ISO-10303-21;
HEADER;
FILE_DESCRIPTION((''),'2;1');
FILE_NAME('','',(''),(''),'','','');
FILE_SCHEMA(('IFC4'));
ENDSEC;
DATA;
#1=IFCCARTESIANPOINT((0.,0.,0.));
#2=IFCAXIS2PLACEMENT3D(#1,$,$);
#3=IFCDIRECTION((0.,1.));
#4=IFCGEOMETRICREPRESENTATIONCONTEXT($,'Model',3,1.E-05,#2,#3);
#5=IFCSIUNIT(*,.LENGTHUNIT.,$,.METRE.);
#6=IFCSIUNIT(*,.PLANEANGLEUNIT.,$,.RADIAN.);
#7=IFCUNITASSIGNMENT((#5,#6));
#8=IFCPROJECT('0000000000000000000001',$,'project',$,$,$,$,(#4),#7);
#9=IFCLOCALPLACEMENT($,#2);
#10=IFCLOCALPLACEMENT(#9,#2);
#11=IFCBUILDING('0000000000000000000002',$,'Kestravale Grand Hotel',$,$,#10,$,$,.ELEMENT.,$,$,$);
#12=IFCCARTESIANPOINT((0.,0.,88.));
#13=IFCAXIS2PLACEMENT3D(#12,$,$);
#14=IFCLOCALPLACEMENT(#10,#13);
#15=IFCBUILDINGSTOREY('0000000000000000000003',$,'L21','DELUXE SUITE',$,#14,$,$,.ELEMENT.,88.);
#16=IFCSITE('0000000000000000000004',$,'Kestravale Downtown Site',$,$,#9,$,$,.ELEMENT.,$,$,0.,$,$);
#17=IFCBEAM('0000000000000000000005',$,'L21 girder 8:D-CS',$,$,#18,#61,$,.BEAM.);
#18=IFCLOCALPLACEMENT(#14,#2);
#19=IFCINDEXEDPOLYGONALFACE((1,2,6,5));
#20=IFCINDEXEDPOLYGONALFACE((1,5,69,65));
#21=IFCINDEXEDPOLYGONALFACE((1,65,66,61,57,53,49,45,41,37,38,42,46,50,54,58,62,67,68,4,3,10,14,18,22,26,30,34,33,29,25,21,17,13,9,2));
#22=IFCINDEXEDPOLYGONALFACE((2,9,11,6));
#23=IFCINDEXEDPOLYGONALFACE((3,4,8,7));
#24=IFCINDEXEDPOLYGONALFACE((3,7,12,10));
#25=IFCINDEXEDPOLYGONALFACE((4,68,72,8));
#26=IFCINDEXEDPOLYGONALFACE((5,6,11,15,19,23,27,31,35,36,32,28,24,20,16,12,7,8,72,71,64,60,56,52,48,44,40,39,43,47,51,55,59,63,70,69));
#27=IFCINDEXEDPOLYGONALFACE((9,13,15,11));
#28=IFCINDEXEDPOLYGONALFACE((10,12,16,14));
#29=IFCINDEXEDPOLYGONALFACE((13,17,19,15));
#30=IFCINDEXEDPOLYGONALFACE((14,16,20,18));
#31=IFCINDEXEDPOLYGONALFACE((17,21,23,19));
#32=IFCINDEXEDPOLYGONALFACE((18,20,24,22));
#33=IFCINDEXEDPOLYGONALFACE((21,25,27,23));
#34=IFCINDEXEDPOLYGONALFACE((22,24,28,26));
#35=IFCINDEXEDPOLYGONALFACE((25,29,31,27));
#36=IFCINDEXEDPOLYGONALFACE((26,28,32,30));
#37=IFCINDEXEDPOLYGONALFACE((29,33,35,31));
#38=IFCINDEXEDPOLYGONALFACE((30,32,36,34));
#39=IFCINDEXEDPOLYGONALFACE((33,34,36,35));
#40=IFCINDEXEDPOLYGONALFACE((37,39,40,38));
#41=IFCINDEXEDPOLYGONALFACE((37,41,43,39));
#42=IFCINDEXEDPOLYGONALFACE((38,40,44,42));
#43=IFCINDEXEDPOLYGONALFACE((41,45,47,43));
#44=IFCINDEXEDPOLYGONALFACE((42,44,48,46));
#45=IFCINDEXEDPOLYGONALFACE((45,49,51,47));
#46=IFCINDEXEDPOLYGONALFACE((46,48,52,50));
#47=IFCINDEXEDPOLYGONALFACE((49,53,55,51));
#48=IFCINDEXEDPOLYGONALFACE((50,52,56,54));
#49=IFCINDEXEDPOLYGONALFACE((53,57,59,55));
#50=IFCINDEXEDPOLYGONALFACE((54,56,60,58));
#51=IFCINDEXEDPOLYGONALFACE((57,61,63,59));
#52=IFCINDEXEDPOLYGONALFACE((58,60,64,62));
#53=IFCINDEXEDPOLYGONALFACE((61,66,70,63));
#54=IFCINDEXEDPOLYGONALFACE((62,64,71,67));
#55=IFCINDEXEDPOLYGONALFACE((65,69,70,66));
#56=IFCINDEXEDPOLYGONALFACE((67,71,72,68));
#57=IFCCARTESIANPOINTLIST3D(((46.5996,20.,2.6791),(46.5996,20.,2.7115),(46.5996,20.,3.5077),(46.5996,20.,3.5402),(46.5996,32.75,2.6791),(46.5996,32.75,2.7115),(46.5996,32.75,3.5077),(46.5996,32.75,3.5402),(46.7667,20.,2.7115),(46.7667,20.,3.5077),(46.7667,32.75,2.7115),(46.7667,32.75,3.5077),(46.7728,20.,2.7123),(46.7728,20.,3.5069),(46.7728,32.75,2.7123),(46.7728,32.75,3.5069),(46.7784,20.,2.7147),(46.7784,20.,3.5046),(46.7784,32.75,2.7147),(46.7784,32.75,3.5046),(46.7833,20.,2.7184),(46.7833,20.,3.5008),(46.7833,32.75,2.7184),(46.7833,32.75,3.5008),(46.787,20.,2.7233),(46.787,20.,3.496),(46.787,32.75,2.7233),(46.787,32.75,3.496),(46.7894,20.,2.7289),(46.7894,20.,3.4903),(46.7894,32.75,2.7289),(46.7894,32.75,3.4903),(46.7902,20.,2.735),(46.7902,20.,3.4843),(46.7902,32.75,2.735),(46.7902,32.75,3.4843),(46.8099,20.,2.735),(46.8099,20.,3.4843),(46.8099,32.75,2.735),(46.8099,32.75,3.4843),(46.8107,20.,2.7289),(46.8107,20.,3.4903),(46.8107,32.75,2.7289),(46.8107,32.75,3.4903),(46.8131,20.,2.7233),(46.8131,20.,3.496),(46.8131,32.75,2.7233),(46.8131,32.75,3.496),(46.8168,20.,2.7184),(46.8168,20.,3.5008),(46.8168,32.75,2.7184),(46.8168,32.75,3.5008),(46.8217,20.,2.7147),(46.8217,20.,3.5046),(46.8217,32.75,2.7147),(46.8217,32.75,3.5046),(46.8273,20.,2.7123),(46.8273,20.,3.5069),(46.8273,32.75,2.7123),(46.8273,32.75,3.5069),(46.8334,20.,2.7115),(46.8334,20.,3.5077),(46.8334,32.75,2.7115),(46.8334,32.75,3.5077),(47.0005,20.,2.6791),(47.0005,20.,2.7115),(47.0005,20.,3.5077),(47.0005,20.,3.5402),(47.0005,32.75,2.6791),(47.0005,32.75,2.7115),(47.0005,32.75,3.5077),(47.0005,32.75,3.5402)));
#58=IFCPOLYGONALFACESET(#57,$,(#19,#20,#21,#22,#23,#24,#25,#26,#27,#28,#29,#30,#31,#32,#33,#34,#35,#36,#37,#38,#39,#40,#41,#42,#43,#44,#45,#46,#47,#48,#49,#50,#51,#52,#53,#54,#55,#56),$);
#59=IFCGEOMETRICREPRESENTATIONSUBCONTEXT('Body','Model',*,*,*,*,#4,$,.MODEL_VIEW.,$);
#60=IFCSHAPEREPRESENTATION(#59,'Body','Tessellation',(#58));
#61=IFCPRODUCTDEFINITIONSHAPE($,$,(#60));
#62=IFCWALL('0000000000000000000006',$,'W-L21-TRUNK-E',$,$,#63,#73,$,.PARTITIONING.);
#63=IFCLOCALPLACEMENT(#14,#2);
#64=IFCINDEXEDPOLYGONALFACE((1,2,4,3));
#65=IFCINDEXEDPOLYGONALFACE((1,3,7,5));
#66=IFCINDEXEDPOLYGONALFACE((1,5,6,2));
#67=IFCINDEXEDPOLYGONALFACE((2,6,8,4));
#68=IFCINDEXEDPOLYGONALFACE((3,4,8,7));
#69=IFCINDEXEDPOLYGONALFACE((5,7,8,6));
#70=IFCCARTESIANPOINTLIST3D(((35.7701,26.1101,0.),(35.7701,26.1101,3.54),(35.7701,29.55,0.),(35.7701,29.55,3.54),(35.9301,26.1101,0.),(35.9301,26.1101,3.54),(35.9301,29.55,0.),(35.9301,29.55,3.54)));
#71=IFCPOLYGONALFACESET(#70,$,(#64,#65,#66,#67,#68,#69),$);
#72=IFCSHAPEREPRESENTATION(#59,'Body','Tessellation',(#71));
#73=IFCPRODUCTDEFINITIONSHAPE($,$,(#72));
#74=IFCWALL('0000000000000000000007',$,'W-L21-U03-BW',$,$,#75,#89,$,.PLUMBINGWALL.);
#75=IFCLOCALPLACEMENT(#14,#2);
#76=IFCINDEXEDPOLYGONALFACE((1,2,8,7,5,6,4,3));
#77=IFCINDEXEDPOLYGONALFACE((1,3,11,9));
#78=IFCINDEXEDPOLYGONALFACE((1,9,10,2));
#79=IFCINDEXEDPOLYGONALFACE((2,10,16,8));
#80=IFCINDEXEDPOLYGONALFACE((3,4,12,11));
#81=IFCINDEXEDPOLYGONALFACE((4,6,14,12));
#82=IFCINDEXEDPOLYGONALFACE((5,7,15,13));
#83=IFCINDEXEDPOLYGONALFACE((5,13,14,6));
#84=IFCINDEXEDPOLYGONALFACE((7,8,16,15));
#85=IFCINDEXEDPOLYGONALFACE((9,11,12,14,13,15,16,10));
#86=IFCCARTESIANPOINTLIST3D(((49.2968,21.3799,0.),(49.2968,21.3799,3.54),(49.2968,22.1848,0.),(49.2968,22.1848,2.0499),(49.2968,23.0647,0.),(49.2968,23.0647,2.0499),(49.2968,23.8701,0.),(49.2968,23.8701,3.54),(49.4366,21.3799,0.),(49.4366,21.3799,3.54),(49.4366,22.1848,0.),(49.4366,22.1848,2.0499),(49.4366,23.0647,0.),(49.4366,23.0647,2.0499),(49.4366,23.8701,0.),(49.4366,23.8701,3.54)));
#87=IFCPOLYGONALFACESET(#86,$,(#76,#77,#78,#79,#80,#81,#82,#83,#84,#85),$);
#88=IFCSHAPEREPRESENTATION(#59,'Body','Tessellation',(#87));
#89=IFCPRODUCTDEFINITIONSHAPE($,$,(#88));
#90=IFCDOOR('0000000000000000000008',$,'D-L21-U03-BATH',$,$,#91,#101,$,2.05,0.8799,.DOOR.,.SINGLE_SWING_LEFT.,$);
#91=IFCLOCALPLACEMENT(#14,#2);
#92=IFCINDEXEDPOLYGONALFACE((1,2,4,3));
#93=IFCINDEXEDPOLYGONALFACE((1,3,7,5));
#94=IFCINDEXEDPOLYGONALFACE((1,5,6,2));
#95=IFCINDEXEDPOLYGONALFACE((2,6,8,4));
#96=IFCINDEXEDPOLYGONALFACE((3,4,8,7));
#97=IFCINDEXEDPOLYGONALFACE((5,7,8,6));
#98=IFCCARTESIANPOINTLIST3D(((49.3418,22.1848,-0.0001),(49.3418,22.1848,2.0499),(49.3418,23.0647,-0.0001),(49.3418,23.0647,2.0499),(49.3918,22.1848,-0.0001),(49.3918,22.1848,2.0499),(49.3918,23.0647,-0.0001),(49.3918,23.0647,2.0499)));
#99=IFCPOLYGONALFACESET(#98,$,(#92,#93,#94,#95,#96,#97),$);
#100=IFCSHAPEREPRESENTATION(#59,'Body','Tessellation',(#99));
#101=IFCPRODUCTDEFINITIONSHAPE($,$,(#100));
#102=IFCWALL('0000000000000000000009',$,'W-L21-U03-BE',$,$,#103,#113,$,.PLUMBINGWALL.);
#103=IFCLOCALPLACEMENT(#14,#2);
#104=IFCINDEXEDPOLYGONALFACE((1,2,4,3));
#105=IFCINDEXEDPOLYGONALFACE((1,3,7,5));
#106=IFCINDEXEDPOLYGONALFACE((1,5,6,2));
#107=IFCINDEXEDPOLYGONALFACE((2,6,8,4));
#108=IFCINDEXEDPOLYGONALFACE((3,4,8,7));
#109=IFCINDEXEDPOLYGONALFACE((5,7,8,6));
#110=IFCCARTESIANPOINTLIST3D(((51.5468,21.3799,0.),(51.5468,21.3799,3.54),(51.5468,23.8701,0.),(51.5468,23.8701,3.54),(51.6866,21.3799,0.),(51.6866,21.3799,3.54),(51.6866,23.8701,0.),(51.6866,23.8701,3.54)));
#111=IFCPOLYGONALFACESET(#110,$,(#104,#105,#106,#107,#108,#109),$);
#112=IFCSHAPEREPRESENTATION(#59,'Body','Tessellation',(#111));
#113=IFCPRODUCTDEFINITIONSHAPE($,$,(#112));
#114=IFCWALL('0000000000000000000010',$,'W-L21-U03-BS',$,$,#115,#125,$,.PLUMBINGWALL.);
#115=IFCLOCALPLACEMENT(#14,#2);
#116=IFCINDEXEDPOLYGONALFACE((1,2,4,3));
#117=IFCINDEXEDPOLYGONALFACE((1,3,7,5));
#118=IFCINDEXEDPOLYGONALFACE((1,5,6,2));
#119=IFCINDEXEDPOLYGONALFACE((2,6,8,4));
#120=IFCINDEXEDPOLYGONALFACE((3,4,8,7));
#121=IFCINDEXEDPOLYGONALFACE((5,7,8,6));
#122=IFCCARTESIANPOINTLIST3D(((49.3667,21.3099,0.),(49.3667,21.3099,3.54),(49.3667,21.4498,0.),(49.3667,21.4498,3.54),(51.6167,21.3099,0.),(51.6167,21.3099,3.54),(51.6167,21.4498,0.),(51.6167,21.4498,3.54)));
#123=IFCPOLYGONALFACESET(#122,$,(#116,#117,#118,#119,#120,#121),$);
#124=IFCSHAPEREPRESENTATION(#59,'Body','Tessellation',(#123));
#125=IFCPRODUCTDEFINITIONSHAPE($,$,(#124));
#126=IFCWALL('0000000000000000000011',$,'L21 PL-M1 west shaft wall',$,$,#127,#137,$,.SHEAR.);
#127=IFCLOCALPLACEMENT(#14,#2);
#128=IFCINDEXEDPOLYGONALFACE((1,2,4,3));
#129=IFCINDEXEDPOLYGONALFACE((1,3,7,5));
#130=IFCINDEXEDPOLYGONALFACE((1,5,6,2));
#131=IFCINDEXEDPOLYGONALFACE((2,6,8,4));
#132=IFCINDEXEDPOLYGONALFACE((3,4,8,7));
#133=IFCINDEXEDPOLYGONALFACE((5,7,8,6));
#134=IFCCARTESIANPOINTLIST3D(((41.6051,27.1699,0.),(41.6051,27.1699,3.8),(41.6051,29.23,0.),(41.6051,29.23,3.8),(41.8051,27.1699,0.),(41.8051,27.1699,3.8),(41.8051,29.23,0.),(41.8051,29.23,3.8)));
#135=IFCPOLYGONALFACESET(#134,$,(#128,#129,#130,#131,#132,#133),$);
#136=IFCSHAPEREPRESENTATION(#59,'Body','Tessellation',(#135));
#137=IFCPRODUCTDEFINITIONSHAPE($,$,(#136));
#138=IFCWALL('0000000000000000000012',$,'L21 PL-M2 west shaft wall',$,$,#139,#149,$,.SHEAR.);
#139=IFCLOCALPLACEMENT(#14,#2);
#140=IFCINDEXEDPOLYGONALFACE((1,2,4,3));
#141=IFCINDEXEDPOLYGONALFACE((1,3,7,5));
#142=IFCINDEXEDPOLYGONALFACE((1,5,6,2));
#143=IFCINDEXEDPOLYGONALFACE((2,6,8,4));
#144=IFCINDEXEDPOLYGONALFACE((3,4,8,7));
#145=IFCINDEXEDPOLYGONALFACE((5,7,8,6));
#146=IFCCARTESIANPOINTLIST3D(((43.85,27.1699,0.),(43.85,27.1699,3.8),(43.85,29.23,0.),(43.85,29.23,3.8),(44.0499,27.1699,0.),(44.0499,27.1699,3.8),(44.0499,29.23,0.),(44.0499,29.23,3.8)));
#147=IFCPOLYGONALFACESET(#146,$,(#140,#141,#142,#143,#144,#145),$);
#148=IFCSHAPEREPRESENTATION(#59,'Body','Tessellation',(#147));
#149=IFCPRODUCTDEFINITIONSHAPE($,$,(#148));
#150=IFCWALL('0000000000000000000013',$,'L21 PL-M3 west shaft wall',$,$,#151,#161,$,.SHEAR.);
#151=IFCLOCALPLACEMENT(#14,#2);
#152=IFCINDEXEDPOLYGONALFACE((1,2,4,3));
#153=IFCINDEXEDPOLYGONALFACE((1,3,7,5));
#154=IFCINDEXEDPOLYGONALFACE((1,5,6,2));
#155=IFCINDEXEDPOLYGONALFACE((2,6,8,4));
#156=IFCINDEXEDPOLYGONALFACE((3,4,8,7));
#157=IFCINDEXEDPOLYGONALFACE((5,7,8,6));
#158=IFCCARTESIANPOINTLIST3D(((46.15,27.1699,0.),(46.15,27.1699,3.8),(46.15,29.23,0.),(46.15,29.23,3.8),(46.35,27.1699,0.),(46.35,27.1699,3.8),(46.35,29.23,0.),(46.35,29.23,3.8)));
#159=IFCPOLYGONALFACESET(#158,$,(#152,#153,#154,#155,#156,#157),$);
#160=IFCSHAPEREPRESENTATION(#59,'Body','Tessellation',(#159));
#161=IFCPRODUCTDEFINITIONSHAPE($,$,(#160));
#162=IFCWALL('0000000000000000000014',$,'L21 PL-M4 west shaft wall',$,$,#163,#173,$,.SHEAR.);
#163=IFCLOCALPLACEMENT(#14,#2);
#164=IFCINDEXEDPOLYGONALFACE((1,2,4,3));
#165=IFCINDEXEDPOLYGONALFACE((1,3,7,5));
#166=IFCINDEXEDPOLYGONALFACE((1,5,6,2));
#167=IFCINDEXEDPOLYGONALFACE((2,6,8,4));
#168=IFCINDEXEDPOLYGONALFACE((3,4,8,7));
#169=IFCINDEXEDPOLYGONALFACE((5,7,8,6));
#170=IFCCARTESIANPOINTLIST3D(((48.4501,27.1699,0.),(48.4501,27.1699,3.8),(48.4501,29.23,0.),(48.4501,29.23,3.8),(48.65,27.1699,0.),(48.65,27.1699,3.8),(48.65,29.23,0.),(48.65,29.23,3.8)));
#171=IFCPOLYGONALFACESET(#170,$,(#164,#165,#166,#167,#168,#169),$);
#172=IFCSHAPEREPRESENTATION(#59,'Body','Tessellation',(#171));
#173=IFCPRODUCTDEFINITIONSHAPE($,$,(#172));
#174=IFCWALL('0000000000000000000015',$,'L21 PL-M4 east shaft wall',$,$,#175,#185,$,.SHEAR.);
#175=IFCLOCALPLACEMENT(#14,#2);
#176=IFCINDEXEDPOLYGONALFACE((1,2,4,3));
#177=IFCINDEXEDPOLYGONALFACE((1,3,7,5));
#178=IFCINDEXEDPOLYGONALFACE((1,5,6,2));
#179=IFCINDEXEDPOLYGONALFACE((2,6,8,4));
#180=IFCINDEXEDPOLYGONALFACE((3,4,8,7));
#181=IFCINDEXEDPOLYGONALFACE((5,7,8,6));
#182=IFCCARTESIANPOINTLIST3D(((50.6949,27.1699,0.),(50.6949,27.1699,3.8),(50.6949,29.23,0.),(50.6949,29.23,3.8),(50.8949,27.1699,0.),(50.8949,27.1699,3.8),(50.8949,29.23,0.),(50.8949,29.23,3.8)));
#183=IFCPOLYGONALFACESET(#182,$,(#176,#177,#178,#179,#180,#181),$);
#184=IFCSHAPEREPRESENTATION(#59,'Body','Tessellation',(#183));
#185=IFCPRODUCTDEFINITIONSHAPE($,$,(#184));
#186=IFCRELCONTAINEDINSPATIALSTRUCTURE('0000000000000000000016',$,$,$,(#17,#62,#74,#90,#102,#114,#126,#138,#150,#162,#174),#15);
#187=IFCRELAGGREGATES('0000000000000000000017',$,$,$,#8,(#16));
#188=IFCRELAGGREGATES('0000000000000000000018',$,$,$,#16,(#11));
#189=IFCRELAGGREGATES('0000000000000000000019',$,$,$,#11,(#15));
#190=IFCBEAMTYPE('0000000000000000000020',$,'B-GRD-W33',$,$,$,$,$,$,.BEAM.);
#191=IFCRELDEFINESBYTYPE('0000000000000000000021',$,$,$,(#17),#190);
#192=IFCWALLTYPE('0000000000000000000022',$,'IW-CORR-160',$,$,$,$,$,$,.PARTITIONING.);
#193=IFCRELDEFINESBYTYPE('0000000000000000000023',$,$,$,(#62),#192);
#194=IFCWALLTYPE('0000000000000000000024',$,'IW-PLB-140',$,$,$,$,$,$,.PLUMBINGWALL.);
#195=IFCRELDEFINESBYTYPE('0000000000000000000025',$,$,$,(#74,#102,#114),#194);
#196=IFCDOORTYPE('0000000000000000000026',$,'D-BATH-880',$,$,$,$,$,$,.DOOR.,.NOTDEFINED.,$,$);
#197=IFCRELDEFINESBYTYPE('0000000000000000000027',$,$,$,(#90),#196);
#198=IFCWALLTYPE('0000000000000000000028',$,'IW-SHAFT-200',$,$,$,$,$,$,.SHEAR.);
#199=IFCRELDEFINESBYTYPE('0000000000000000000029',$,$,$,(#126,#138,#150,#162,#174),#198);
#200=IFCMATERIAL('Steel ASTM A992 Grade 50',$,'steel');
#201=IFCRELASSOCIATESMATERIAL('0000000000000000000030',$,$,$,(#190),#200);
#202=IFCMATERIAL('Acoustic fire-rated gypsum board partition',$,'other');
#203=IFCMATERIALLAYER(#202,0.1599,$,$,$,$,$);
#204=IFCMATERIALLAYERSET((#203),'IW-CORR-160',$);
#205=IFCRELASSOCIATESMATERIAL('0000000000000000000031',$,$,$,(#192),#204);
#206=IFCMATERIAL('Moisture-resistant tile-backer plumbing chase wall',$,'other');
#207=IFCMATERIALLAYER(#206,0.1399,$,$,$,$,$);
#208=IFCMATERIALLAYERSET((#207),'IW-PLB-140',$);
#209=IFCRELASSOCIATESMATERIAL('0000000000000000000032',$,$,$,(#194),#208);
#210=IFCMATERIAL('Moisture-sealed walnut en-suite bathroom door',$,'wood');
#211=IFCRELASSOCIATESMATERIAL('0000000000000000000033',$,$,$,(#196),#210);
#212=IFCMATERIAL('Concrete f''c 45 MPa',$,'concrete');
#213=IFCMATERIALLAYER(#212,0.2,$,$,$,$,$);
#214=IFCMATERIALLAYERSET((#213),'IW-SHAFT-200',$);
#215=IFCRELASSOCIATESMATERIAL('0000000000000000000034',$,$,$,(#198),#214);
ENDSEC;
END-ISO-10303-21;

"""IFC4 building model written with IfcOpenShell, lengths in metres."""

from ifc_helpers import new_model, si_unit, direction, frame, frame_2d, origin, origin_2d, place, context, subcontext, project, spatial, rectangle, i_section, extrude, material, layer, layer_set, material_profile, profile_set, type_object, element, fill, save


model = new_model("IFC4")

# Units and contexts
model_context = context("Model", 3, precision=1e-05, world=origin(), true_north=direction((0.0, 1.0)))
body_context = subcontext(model_context, "Body", "Model", "MODEL_VIEW")
ifc_project = project(units=[si_unit("LENGTHUNIT", "METRE"), si_unit("PLANEANGLEUNIT", "RADIAN")], contexts=[model_context])

# Site, building, storey
site_placement = place(None, origin())
site = spatial("IfcSite", under=ifc_project, at=site_placement, Name="Kestravale Downtown Site", CompositionType="ELEMENT", RefElevation=0.0)
building_placement = place(site_placement, origin())
building = spatial("IfcBuilding", under=site, at=building_placement, Name="Kestravale Grand Hotel", CompositionType="ELEMENT")
storey_placement = place(building_placement, frame((0.0, 0.0, 88.0)))
storey = spatial("IfcBuildingStorey", under=building, at=storey_placement, Name="L21", Description="DELUXE SUITE", CompositionType="ELEMENT", Elevation=88.0)

# Beam
ifc_material_1 = material(Name="Steel ASTM A992 Grade 50", Category="steel")
ifc_material_profile_1 = material_profile(ifc_material_1, i_section(OverallWidth=0.4009, OverallDepth=0.8611, WebThickness=0.0198, FlangeThickness=0.0325, FilletRadius=0.0234, at=origin_2d()))
ifc_profile_set_1 = profile_set([ifc_material_profile_1], Name="Steel ASTM A992 Grade 50")
beam_type = type_object("IfcBeamType", Name="B-GRD-W33", PredefinedType="BEAM", material=ifc_profile_set_1)
beam_1_placement = place(storey_placement, frame((46.8, 20.0, 3.1096), z_axis=(0.0, 1.0, 0.0), x_axis=(-1.0, 0.0, 0.0)))
element("IfcBeam", 1, at=beam_1_placement, inside=storey, type_object=beam_type, Name="L21 girder 8:D-CS", PredefinedType="BEAM", context=body_context, shape_type="SweptSolid", body=[
    extrude(i_section(OverallWidth=0.4009, OverallDepth=0.8611, WebThickness=0.0198, FlangeThickness=0.0325, FilletRadius=0.0234, at=origin_2d()), origin(), (0.0, 0.0, 1.0), 12.75),
])

# Wall
ifc_material_2 = material(Name="Acoustic fire-rated gypsum board partition", Category="other")
ifc_layer_1 = layer(ifc_material_2, 0.1599)
ifc_layer_set_1 = layer_set([ifc_layer_1], Name="IW-CORR-160")
wall_type_1 = type_object("IfcWallType", Name="IW-CORR-160", PredefinedType="PARTITIONING", material=ifc_layer_set_1)
wall_1_placement = place(storey_placement, frame((35.8501, 26.1101, 0.0), z_axis=(0.0, 0.0, 1.0), x_axis=(0.0, 1.0, 0.0)))
element("IfcWall", 2, at=wall_1_placement, inside=storey, type_object=wall_type_1, Name="W-L21-TRUNK-E", PredefinedType="PARTITIONING", context=body_context, shape_type="SweptSolid", body=[
    extrude(rectangle(XDim=3.4399, YDim=0.1599, at=frame_2d((1.72, 0.0))), origin(), (0.0, 0.0, 1.0), 3.54),
])

# Wall, opening, door
ifc_material_3 = material(Name="Moisture-resistant tile-backer plumbing chase wall", Category="other")
ifc_layer_2 = layer(ifc_material_3, 0.1399)
ifc_layer_set_2 = layer_set([ifc_layer_2], Name="IW-PLB-140")
wall_type_2 = type_object("IfcWallType", Name="IW-PLB-140", PredefinedType="PLUMBINGWALL", material=ifc_layer_set_2)
wall_2_placement = place(storey_placement, frame((49.3667, 21.3799, 0.0), z_axis=(0.0, 0.0, 1.0), x_axis=(0.0, 1.0, 0.0)))
wall_2 = element("IfcWall", 3, at=wall_2_placement, inside=storey, type_object=wall_type_2, Name="W-L21-U03-BW", PredefinedType="PLUMBINGWALL", context=body_context, shape_type="SweptSolid", body=[
    extrude(rectangle(XDim=2.4902, YDim=0.1399, at=frame_2d((1.2451, 0.0))), origin(), (0.0, 0.0, 1.0), 3.54),
])
opening_placement = place(wall_2_placement, frame((0.8049, 0.0, 0.0)))
opening = element("IfcOpeningElement", 4, at=opening_placement, cuts=wall_2, PredefinedType="OPENING", context=body_context, shape_type="SweptSolid", body=[
    extrude(rectangle(XDim=0.8799, YDim=2.05, at=frame_2d((0.4399, 1.0249))), frame((0.0, 0.0798, 0.0), z_axis=(0.0, -1.0, 0.0), x_axis=(1.0, 0.0, 0.0)), (0.0, 0.0, 1.0), 0.1599),
])
ifc_material_4 = material(Name="Moisture-sealed walnut en-suite bathroom door", Category="wood")
door_type = type_object("IfcDoorType", Name="D-BATH-880", OperationType="NOTDEFINED", PredefinedType="DOOR", material=ifc_material_4)
door_placement = place(opening_placement, origin())
door = element("IfcDoor", 5, at=door_placement, inside=storey, type_object=door_type, Name="D-L21-U03-BATH", OperationType="SINGLE_SWING_LEFT", OverallHeight=2.05, OverallWidth=0.8799, PredefinedType="DOOR", context=body_context, shape_type="SweptSolid", body=[
    extrude(rectangle(XDim=0.8799, YDim=2.05, at=frame_2d((0.4399, 1.0249))), frame((0.0, 0.0249, 0.0), z_axis=(0.0, -1.0, 0.0), x_axis=(1.0, 0.0, 0.0)), (0.0, 0.0, 1.0), 0.05),
])
fill(opening, door)

# Walls
wall_3_placement = place(storey_placement, frame((51.6167, 21.3799, 0.0), z_axis=(0.0, 0.0, 1.0), x_axis=(0.0, 1.0, 0.0)))
element("IfcWall", 6, at=wall_3_placement, inside=storey, type_object=wall_type_2, Name="W-L21-U03-BE", PredefinedType="PLUMBINGWALL", context=body_context, shape_type="SweptSolid", body=[
    extrude(rectangle(XDim=2.4902, YDim=0.1399, at=frame_2d((1.2451, 0.0))), origin(), (0.0, 0.0, 1.0), 3.54),
])
wall_4_placement = place(storey_placement, frame((49.3667, 21.3799, 0.0), z_axis=(0.0, 0.0, 1.0), x_axis=(1.0, 0.0, 0.0)))
element("IfcWall", 7, at=wall_4_placement, inside=storey, type_object=wall_type_2, Name="W-L21-U03-BS", PredefinedType="PLUMBINGWALL", context=body_context, shape_type="SweptSolid", body=[
    extrude(rectangle(XDim=2.25, YDim=0.1399, at=frame_2d((1.125, 0.0))), origin(), (0.0, 0.0, 1.0), 3.54),
])
ifc_material_5 = material(Name="Concrete f'c 45 MPa", Category="concrete")
ifc_layer_3 = layer(ifc_material_5, 0.2)
ifc_layer_set_3 = layer_set([ifc_layer_3], Name="IW-SHAFT-200")
wall_type_3 = type_object("IfcWallType", Name="IW-SHAFT-200", PredefinedType="SHEAR", material=ifc_layer_set_3)
for number, where, z_axis, x_axis, name in (
    (8, (41.7051, 27.1699, 0.0), (0.0, 0.0, 1.0), (0.0, 1.0, 0.0), "L21 PL-M1 west shaft wall"),
    (9, (43.95, 27.1699, 0.0), (0.0, 0.0, 1.0), (0.0, 1.0, 0.0), "L21 PL-M2 west shaft wall"),
    (10, (46.25, 27.1699, 0.0), (0.0, 0.0, 1.0), (0.0, 1.0, 0.0), "L21 PL-M3 west shaft wall"),
    (11, (48.55, 27.1699, 0.0), (0.0, 0.0, 1.0), (0.0, 1.0, 0.0), "L21 PL-M4 west shaft wall"),
    (12, (50.7949, 27.1699, 0.0), (0.0, 0.0, 1.0), (0.0, 1.0, 0.0), "L21 PL-M4 east shaft wall"),
):
    element("IfcWall", number, at=place(storey_placement, frame(where, z_axis=z_axis, x_axis=x_axis)), inside=storey, type_object=wall_type_3, Name=name, PredefinedType="SHEAR", context=body_context, shape_type="SweptSolid", body=[
        extrude(rectangle(XDim=2.0601, YDim=0.2, at=frame_2d((1.03, 0.0))), origin(), (0.0, 0.0, 1.0), 3.8),
    ])

save(model, "model.ifc")
